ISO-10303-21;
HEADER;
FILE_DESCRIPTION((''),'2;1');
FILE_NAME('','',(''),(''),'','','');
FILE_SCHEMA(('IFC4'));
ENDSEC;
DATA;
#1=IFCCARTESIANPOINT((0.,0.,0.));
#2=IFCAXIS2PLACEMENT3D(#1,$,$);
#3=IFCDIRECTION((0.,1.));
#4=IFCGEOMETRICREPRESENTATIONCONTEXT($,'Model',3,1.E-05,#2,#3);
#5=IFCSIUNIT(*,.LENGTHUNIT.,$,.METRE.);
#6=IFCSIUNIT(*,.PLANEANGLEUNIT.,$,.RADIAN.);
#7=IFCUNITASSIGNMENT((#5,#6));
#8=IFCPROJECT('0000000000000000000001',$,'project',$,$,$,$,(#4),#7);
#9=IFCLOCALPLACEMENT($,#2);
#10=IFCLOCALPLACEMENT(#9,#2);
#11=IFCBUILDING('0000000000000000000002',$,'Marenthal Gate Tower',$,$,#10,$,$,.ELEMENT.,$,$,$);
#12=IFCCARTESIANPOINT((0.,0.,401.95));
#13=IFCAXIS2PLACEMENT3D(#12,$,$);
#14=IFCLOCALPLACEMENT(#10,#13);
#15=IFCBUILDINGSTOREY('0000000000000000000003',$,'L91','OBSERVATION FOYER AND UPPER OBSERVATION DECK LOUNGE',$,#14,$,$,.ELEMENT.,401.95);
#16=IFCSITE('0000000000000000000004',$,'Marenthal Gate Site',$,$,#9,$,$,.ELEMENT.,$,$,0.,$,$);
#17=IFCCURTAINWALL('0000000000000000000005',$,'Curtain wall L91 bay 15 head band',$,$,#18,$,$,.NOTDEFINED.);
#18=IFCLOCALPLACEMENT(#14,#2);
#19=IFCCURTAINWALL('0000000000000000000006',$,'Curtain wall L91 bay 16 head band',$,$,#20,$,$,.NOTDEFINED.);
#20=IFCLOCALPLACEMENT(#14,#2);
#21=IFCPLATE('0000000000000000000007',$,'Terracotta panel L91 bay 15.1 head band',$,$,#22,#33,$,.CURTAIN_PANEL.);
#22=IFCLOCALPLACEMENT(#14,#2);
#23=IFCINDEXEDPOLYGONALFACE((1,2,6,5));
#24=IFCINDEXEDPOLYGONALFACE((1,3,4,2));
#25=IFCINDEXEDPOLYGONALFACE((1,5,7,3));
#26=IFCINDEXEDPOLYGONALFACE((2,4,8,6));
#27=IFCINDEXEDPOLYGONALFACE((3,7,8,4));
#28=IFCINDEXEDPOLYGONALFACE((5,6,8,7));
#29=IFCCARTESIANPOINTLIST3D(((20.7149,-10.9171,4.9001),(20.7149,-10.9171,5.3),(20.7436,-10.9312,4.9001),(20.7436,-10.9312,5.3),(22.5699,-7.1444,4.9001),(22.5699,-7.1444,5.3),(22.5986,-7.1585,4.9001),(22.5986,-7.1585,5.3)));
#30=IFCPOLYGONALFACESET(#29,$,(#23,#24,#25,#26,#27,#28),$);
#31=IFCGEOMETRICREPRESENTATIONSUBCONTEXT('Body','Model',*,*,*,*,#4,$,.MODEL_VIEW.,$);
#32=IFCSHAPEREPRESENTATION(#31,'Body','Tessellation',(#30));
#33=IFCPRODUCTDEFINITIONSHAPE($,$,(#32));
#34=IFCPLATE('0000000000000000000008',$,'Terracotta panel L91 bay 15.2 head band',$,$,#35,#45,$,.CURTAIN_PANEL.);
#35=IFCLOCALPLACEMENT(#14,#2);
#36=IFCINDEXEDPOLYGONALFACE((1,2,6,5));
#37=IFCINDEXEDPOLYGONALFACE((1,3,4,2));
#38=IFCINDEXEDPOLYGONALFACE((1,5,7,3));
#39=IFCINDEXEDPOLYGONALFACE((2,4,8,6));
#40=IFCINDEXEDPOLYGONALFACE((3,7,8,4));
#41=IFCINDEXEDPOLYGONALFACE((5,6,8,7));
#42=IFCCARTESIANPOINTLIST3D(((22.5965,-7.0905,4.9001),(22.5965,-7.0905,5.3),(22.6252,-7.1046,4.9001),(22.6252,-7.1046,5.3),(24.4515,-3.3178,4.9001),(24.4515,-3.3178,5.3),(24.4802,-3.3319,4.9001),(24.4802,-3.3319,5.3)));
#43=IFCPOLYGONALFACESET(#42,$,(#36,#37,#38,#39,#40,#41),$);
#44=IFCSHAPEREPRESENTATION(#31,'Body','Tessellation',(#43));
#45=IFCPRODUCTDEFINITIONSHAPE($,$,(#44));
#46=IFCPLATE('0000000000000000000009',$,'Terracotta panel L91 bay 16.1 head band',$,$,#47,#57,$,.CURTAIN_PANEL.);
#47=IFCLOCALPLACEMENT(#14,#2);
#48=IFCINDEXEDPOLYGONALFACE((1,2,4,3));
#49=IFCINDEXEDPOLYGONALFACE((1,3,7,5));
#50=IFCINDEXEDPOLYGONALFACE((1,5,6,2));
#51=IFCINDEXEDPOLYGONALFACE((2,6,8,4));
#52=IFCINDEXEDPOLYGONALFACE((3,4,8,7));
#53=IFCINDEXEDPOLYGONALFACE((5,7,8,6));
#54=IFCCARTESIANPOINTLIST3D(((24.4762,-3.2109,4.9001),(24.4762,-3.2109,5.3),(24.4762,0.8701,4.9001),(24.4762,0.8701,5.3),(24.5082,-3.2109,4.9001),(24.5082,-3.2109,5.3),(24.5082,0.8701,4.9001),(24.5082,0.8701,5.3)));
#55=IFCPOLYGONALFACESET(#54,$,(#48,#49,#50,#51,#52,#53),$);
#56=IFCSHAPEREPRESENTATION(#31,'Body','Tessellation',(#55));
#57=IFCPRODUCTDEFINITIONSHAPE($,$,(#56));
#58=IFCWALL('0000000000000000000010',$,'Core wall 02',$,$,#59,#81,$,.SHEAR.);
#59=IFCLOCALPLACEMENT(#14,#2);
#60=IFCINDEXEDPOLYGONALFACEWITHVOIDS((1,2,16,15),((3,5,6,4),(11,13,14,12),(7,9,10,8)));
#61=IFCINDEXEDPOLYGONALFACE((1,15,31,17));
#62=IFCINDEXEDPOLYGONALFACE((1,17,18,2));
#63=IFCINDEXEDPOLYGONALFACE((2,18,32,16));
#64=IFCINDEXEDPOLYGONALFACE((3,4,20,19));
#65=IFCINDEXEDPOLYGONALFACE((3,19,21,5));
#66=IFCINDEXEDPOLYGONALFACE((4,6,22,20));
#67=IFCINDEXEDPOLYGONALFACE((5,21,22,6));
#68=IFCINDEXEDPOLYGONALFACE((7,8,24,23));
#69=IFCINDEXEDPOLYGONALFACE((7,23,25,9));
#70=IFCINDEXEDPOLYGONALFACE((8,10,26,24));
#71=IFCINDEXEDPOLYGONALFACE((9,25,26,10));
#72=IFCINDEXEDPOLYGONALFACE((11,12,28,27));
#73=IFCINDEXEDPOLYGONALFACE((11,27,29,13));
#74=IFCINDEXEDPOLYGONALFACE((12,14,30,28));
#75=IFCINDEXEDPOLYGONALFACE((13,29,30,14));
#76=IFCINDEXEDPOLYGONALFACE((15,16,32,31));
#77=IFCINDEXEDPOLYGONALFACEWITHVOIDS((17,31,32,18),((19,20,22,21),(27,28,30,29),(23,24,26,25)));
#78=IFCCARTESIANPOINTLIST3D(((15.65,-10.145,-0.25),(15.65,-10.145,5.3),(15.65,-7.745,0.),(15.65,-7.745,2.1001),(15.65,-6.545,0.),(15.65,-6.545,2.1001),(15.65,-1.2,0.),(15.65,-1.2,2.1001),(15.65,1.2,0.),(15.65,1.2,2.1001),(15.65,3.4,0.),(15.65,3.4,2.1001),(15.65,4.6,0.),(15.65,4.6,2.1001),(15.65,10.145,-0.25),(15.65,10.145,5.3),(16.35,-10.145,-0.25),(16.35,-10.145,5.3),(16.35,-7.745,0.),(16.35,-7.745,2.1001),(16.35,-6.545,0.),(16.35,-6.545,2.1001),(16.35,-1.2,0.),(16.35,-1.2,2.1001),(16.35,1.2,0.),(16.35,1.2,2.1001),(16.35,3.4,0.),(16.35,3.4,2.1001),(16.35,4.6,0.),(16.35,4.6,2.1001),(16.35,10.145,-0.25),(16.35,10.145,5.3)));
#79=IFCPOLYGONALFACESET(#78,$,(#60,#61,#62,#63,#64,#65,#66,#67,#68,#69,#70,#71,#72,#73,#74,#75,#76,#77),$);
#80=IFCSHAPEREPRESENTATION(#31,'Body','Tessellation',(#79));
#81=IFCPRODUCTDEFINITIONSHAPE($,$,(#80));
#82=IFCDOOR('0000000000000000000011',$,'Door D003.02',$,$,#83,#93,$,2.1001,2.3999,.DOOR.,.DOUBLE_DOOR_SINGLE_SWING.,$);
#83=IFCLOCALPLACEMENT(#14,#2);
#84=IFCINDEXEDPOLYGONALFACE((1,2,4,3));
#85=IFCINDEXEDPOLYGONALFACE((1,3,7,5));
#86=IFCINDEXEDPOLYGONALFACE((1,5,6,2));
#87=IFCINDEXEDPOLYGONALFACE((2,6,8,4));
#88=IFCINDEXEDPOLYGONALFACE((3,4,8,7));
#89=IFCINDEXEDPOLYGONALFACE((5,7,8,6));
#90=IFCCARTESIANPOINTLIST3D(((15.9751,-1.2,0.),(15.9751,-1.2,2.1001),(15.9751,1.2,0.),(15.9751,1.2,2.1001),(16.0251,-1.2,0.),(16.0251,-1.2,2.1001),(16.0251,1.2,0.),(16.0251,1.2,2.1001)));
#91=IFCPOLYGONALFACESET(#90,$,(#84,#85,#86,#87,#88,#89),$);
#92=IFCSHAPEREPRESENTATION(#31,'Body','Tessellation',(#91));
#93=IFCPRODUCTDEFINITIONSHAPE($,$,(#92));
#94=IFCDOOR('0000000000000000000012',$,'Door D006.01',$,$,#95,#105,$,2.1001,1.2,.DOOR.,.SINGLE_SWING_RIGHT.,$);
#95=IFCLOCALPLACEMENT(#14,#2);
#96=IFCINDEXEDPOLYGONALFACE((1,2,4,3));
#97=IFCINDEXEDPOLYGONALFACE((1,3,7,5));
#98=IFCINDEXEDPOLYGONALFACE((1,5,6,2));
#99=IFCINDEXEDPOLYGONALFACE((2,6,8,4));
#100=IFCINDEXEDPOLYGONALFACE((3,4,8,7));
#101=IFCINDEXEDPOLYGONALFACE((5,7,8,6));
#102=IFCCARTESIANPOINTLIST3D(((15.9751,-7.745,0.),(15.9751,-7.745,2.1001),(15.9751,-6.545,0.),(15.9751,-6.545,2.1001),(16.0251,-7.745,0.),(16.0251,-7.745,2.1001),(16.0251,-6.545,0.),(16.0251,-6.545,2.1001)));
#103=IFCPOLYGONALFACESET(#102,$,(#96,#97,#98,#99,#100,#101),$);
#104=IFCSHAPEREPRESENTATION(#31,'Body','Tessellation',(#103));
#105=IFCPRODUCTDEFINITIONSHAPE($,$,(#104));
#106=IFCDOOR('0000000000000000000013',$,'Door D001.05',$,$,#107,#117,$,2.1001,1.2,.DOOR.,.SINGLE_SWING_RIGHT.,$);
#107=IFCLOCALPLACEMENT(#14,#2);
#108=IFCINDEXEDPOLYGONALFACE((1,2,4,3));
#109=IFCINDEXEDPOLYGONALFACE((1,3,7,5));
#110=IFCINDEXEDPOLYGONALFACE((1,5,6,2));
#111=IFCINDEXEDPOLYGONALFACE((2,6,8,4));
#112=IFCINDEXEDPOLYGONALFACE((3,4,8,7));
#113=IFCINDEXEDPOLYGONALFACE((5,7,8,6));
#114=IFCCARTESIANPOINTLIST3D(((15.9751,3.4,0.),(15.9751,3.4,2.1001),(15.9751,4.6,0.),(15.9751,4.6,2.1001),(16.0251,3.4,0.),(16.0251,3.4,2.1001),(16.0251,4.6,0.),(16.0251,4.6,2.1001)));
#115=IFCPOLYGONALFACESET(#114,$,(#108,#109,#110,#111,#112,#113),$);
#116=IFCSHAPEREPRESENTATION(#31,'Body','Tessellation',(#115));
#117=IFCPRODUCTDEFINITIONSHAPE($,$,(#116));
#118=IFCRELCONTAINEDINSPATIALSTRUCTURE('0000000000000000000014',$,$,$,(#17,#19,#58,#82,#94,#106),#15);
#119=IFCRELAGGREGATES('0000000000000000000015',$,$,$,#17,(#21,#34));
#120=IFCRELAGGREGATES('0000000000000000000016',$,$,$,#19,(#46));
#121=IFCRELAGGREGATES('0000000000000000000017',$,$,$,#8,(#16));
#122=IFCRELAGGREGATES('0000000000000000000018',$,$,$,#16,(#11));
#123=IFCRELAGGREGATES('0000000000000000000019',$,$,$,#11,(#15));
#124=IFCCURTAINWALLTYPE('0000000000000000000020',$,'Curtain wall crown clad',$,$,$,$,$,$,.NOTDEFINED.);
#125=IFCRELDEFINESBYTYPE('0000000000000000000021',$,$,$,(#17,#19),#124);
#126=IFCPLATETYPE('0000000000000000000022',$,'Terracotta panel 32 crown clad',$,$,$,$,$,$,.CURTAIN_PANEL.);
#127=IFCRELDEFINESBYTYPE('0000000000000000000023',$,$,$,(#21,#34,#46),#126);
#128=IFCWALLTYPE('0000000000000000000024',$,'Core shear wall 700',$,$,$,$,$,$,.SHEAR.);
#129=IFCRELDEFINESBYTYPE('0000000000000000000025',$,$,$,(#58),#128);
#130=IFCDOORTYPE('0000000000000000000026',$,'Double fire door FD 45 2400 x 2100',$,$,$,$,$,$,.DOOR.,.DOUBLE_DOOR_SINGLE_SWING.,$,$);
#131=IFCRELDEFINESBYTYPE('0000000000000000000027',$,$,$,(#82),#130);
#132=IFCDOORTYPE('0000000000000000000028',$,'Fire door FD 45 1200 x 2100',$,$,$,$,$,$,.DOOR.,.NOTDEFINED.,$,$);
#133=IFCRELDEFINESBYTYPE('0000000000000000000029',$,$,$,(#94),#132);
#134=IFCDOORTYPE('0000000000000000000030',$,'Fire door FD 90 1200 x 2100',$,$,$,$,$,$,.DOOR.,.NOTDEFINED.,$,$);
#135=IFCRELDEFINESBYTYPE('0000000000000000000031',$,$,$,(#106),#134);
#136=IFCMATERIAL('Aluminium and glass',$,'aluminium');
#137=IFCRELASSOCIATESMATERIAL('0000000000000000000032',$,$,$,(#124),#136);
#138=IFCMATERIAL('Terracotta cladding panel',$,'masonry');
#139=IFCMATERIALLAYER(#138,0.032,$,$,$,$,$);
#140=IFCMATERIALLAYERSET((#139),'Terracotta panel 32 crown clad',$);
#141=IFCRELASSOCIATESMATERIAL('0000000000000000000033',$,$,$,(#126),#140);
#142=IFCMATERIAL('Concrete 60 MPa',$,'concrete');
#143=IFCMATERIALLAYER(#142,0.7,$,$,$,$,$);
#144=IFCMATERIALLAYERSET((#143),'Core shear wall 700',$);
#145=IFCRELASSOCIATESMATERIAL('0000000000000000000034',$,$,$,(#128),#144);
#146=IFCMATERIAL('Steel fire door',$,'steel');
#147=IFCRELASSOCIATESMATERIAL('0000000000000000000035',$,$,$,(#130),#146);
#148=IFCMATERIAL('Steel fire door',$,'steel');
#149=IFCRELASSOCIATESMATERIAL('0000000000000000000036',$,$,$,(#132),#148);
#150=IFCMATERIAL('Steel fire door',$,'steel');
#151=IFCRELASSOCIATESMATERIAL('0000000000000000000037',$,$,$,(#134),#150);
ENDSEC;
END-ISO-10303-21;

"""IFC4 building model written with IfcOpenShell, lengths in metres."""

from ifc_helpers import new_model, si_unit, direction, frame, frame_2d, origin, origin_2d, place, context, subcontext, project, spatial, rectangle, extrude, material, layer, layer_set, type_object, element, fill, aggregate, save


model = new_model("IFC4")

# Units and contexts
model_context = context("Model", 3, precision=1e-05, world=origin(), true_north=direction((0.0, 1.0)))
body_context = subcontext(model_context, "Body", "Model", "MODEL_VIEW")
ifc_project = project(units=[si_unit("LENGTHUNIT", "METRE"), si_unit("PLANEANGLEUNIT", "RADIAN")], contexts=[model_context])

# Site, building, storey
site_placement = place(None, origin())
site = spatial("IfcSite", under=ifc_project, at=site_placement, Name="Marenthal Gate Site", CompositionType="ELEMENT", RefElevation=0.0)
building_placement = place(site_placement, origin())
building = spatial("IfcBuilding", under=site, at=building_placement, Name="Marenthal Gate Tower", CompositionType="ELEMENT")
storey_placement = place(building_placement, frame((0.0, 0.0, 401.95)))
storey = spatial("IfcBuildingStorey", under=building, at=storey_placement, Name="L91", Description="OBSERVATION FOYER AND UPPER OBSERVATION DECK LOUNGE", CompositionType="ELEMENT", Elevation=401.95)

# Curtain wall
ifc_material_1 = material(Name="Aluminium and glass", Category="aluminium")
curtain_wall_type_1 = type_object("IfcCurtainWallType", Name="Curtain wall crown clad", PredefinedType="NOTDEFINED", material=ifc_material_1)
curtain_wall_1_placement = place(storey_placement, origin())
curtain_wall_1 = element("IfcCurtainWall", 1, at=curtain_wall_1_placement, inside=storey, type_object=curtain_wall_type_1, Name="Curtain wall L91 bay 15 head band", PredefinedType="NOTDEFINED")

# Curtain wall
curtain_wall_2_placement = place(storey_placement, origin())
curtain_wall_2 = element("IfcCurtainWall", 2, at=curtain_wall_2_placement, inside=storey, type_object=curtain_wall_type_1, Name="Curtain wall L91 bay 16 head band", PredefinedType="NOTDEFINED")

# Plates
ifc_material_2 = material(Name="Terracotta cladding panel", Category="masonry")
ifc_layer_1 = layer(ifc_material_2, 0.032)
ifc_layer_set_1 = layer_set([ifc_layer_1], Name="Terracotta panel 32 crown clad")
plate_type_1 = type_object("IfcPlateType", Name="Terracotta panel 32 crown clad", PredefinedType="CURTAIN_PANEL", material=ifc_layer_set_1)
plate_1_placement = place(storey_placement, frame((21.6567, -9.0378, 4.9001), z_axis=(0.0, 0.0, 1.0), x_axis=(0.441247, 0.897386, 0.0)))
plate_1 = element("IfcPlate", 3, at=plate_1_placement, type_object=plate_type_1, Name="Terracotta panel L91 bay 15.1 head band", PredefinedType="CURTAIN_PANEL", context=body_context, shape_type="SweptSolid", body=[
    extrude(rectangle(XDim=4.2041, YDim=0.032, at=origin_2d()), origin(), (0.0, 0.0, 1.0), 0.3999),
])
plate_2_placement = place(storey_placement, frame((23.5383, -5.2112, 4.9001), z_axis=(0.0, 0.0, 1.0), x_axis=(0.441247, 0.897386, 0.0)))
plate_2 = element("IfcPlate", 4, at=plate_2_placement, type_object=plate_type_1, Name="Terracotta panel L91 bay 15.2 head band", PredefinedType="CURTAIN_PANEL", context=body_context, shape_type="SweptSolid", body=[
    extrude(rectangle(XDim=4.2041, YDim=0.032, at=origin_2d()), origin(), (0.0, 0.0, 1.0), 0.3999),
])
aggregate(curtain_wall_1, [plate_1, plate_2])
plate_3_placement = place(storey_placement, frame((24.4922, -1.1704, 4.9001), z_axis=(0.0, 0.0, 1.0), x_axis=(0.0, 1.0, 0.0)))
plate_3 = element("IfcPlate", 5, at=plate_3_placement, type_object=plate_type_1, Name="Terracotta panel L91 bay 16.1 head band", PredefinedType="CURTAIN_PANEL", context=body_context, shape_type="SweptSolid", body=[
    extrude(rectangle(XDim=4.0811, YDim=0.032, at=origin_2d()), origin(), (0.0, 0.0, 1.0), 0.3999),
])
aggregate(curtain_wall_2, [plate_3])

# Wall, openings, doors
ifc_material_3 = material(Name="Concrete 60 MPa", Category="concrete")
ifc_layer_2 = layer(ifc_material_3, 0.7)
ifc_layer_set_2 = layer_set([ifc_layer_2], Name="Core shear wall 700")
wall_type = type_object("IfcWallType", Name="Core shear wall 700", PredefinedType="SHEAR", material=ifc_layer_set_2)
wall_placement = place(storey_placement, frame((16.0, -10.145, -0.25), z_axis=(0.0, 0.0, 1.0), x_axis=(0.0, 1.0, 0.0)))
wall = element("IfcWall", 6, at=wall_placement, inside=storey, type_object=wall_type, Name="Core wall 02", PredefinedType="SHEAR", context=body_context, shape_type="SweptSolid", body=[
    extrude(rectangle(XDim=20.29, YDim=0.7, at=frame_2d((10.145, 0.0))), origin(), (0.0, 0.0, 1.0), 5.55),
])
opening_1_placement = place(wall_placement, frame((8.9451, 0.0, 0.25)))
opening_1 = element("IfcOpeningElement", 7, at=opening_1_placement, cuts=wall, PredefinedType="OPENING", context=body_context, shape_type="SweptSolid", body=[
    extrude(rectangle(XDim=2.3999, YDim=2.1001, at=frame_2d((1.2, 1.05))), frame((0.0, 0.3599, 0.0), z_axis=(0.0, -1.0, 0.0), x_axis=(1.0, 0.0, 0.0)), (0.0, 0.0, 1.0), 0.72),
])
opening_2_placement = place(wall_placement, frame((13.5449, 0.0, 0.25)))
opening_2 = element("IfcOpeningElement", 8, at=opening_2_placement, cuts=wall, PredefinedType="OPENING", context=body_context, shape_type="SweptSolid", body=[
    extrude(rectangle(XDim=1.2, YDim=2.1001, at=frame_2d((0.6001, 1.05))), frame((0.0, 0.3599, 0.0), z_axis=(0.0, -1.0, 0.0), x_axis=(1.0, 0.0, 0.0)), (0.0, 0.0, 1.0), 0.72),
])
opening_3_placement = place(wall_placement, frame((2.3999, 0.0, 0.25)))
opening_3 = element("IfcOpeningElement", 9, at=opening_3_placement, cuts=wall, PredefinedType="OPENING", context=body_context, shape_type="SweptSolid", body=[
    extrude(rectangle(XDim=1.2, YDim=2.1001, at=frame_2d((0.6001, 1.05))), frame((0.0, 0.3599, 0.0), z_axis=(0.0, -1.0, 0.0), x_axis=(1.0, 0.0, 0.0)), (0.0, 0.0, 1.0), 0.72),
])
ifc_material_4 = material(Name="Steel fire door", Category="steel")
door_type_1 = type_object("IfcDoorType", Name="Double fire door FD 45 2400 x 2100", OperationType="DOUBLE_DOOR_SINGLE_SWING", PredefinedType="DOOR", material=ifc_material_4)
door_1_placement = place(opening_1_placement, origin())
door_1 = element("IfcDoor", 10, at=door_1_placement, inside=storey, type_object=door_type_1, Name="Door D003.02", OperationType="DOUBLE_DOOR_SINGLE_SWING", OverallHeight=2.1001, OverallWidth=2.3999, PredefinedType="DOOR", context=body_context, shape_type="SweptSolid", body=[
    extrude(rectangle(XDim=2.3999, YDim=2.1001, at=frame_2d((1.2, 1.05))), frame((0.0, 0.0249, 0.0), z_axis=(0.0, -1.0, 0.0), x_axis=(1.0, 0.0, 0.0)), (0.0, 0.0, 1.0), 0.05),
])
fill(opening_1, door_1)
ifc_material_5 = material(Name="Steel fire door", Category="steel")
door_type_2 = type_object("IfcDoorType", Name="Fire door FD 45 1200 x 2100", OperationType="NOTDEFINED", PredefinedType="DOOR", material=ifc_material_5)
door_2_placement = place(opening_3_placement, origin())
door_2 = element("IfcDoor", 11, at=door_2_placement, inside=storey, type_object=door_type_2, Name="Door D006.01", OperationType="SINGLE_SWING_RIGHT", OverallHeight=2.1001, OverallWidth=1.2, PredefinedType="DOOR", context=body_context, shape_type="SweptSolid", body=[
    extrude(rectangle(XDim=1.2, YDim=2.1001, at=frame_2d((0.6001, 1.05))), frame((0.0, 0.0249, 0.0), z_axis=(0.0, -1.0, 0.0), x_axis=(1.0, 0.0, 0.0)), (0.0, 0.0, 1.0), 0.05),
])
fill(opening_3, door_2)
ifc_material_6 = material(Name="Steel fire door", Category="steel")
door_type_3 = type_object("IfcDoorType", Name="Fire door FD 90 1200 x 2100", OperationType="NOTDEFINED", PredefinedType="DOOR", material=ifc_material_6)
door_3_placement = place(opening_2_placement, origin())
door_3 = element("IfcDoor", 12, at=door_3_placement, inside=storey, type_object=door_type_3, Name="Door D001.05", OperationType="SINGLE_SWING_RIGHT", OverallHeight=2.1001, OverallWidth=1.2, PredefinedType="DOOR", context=body_context, shape_type="SweptSolid", body=[
    extrude(rectangle(XDim=1.2, YDim=2.1001, at=frame_2d((0.6001, 1.05))), frame((0.0, 0.0249, 0.0), z_axis=(0.0, -1.0, 0.0), x_axis=(1.0, 0.0, 0.0)), (0.0, 0.0, 1.0), 0.05),
])
fill(opening_2, door_3)

save(model, "model.ifc")
